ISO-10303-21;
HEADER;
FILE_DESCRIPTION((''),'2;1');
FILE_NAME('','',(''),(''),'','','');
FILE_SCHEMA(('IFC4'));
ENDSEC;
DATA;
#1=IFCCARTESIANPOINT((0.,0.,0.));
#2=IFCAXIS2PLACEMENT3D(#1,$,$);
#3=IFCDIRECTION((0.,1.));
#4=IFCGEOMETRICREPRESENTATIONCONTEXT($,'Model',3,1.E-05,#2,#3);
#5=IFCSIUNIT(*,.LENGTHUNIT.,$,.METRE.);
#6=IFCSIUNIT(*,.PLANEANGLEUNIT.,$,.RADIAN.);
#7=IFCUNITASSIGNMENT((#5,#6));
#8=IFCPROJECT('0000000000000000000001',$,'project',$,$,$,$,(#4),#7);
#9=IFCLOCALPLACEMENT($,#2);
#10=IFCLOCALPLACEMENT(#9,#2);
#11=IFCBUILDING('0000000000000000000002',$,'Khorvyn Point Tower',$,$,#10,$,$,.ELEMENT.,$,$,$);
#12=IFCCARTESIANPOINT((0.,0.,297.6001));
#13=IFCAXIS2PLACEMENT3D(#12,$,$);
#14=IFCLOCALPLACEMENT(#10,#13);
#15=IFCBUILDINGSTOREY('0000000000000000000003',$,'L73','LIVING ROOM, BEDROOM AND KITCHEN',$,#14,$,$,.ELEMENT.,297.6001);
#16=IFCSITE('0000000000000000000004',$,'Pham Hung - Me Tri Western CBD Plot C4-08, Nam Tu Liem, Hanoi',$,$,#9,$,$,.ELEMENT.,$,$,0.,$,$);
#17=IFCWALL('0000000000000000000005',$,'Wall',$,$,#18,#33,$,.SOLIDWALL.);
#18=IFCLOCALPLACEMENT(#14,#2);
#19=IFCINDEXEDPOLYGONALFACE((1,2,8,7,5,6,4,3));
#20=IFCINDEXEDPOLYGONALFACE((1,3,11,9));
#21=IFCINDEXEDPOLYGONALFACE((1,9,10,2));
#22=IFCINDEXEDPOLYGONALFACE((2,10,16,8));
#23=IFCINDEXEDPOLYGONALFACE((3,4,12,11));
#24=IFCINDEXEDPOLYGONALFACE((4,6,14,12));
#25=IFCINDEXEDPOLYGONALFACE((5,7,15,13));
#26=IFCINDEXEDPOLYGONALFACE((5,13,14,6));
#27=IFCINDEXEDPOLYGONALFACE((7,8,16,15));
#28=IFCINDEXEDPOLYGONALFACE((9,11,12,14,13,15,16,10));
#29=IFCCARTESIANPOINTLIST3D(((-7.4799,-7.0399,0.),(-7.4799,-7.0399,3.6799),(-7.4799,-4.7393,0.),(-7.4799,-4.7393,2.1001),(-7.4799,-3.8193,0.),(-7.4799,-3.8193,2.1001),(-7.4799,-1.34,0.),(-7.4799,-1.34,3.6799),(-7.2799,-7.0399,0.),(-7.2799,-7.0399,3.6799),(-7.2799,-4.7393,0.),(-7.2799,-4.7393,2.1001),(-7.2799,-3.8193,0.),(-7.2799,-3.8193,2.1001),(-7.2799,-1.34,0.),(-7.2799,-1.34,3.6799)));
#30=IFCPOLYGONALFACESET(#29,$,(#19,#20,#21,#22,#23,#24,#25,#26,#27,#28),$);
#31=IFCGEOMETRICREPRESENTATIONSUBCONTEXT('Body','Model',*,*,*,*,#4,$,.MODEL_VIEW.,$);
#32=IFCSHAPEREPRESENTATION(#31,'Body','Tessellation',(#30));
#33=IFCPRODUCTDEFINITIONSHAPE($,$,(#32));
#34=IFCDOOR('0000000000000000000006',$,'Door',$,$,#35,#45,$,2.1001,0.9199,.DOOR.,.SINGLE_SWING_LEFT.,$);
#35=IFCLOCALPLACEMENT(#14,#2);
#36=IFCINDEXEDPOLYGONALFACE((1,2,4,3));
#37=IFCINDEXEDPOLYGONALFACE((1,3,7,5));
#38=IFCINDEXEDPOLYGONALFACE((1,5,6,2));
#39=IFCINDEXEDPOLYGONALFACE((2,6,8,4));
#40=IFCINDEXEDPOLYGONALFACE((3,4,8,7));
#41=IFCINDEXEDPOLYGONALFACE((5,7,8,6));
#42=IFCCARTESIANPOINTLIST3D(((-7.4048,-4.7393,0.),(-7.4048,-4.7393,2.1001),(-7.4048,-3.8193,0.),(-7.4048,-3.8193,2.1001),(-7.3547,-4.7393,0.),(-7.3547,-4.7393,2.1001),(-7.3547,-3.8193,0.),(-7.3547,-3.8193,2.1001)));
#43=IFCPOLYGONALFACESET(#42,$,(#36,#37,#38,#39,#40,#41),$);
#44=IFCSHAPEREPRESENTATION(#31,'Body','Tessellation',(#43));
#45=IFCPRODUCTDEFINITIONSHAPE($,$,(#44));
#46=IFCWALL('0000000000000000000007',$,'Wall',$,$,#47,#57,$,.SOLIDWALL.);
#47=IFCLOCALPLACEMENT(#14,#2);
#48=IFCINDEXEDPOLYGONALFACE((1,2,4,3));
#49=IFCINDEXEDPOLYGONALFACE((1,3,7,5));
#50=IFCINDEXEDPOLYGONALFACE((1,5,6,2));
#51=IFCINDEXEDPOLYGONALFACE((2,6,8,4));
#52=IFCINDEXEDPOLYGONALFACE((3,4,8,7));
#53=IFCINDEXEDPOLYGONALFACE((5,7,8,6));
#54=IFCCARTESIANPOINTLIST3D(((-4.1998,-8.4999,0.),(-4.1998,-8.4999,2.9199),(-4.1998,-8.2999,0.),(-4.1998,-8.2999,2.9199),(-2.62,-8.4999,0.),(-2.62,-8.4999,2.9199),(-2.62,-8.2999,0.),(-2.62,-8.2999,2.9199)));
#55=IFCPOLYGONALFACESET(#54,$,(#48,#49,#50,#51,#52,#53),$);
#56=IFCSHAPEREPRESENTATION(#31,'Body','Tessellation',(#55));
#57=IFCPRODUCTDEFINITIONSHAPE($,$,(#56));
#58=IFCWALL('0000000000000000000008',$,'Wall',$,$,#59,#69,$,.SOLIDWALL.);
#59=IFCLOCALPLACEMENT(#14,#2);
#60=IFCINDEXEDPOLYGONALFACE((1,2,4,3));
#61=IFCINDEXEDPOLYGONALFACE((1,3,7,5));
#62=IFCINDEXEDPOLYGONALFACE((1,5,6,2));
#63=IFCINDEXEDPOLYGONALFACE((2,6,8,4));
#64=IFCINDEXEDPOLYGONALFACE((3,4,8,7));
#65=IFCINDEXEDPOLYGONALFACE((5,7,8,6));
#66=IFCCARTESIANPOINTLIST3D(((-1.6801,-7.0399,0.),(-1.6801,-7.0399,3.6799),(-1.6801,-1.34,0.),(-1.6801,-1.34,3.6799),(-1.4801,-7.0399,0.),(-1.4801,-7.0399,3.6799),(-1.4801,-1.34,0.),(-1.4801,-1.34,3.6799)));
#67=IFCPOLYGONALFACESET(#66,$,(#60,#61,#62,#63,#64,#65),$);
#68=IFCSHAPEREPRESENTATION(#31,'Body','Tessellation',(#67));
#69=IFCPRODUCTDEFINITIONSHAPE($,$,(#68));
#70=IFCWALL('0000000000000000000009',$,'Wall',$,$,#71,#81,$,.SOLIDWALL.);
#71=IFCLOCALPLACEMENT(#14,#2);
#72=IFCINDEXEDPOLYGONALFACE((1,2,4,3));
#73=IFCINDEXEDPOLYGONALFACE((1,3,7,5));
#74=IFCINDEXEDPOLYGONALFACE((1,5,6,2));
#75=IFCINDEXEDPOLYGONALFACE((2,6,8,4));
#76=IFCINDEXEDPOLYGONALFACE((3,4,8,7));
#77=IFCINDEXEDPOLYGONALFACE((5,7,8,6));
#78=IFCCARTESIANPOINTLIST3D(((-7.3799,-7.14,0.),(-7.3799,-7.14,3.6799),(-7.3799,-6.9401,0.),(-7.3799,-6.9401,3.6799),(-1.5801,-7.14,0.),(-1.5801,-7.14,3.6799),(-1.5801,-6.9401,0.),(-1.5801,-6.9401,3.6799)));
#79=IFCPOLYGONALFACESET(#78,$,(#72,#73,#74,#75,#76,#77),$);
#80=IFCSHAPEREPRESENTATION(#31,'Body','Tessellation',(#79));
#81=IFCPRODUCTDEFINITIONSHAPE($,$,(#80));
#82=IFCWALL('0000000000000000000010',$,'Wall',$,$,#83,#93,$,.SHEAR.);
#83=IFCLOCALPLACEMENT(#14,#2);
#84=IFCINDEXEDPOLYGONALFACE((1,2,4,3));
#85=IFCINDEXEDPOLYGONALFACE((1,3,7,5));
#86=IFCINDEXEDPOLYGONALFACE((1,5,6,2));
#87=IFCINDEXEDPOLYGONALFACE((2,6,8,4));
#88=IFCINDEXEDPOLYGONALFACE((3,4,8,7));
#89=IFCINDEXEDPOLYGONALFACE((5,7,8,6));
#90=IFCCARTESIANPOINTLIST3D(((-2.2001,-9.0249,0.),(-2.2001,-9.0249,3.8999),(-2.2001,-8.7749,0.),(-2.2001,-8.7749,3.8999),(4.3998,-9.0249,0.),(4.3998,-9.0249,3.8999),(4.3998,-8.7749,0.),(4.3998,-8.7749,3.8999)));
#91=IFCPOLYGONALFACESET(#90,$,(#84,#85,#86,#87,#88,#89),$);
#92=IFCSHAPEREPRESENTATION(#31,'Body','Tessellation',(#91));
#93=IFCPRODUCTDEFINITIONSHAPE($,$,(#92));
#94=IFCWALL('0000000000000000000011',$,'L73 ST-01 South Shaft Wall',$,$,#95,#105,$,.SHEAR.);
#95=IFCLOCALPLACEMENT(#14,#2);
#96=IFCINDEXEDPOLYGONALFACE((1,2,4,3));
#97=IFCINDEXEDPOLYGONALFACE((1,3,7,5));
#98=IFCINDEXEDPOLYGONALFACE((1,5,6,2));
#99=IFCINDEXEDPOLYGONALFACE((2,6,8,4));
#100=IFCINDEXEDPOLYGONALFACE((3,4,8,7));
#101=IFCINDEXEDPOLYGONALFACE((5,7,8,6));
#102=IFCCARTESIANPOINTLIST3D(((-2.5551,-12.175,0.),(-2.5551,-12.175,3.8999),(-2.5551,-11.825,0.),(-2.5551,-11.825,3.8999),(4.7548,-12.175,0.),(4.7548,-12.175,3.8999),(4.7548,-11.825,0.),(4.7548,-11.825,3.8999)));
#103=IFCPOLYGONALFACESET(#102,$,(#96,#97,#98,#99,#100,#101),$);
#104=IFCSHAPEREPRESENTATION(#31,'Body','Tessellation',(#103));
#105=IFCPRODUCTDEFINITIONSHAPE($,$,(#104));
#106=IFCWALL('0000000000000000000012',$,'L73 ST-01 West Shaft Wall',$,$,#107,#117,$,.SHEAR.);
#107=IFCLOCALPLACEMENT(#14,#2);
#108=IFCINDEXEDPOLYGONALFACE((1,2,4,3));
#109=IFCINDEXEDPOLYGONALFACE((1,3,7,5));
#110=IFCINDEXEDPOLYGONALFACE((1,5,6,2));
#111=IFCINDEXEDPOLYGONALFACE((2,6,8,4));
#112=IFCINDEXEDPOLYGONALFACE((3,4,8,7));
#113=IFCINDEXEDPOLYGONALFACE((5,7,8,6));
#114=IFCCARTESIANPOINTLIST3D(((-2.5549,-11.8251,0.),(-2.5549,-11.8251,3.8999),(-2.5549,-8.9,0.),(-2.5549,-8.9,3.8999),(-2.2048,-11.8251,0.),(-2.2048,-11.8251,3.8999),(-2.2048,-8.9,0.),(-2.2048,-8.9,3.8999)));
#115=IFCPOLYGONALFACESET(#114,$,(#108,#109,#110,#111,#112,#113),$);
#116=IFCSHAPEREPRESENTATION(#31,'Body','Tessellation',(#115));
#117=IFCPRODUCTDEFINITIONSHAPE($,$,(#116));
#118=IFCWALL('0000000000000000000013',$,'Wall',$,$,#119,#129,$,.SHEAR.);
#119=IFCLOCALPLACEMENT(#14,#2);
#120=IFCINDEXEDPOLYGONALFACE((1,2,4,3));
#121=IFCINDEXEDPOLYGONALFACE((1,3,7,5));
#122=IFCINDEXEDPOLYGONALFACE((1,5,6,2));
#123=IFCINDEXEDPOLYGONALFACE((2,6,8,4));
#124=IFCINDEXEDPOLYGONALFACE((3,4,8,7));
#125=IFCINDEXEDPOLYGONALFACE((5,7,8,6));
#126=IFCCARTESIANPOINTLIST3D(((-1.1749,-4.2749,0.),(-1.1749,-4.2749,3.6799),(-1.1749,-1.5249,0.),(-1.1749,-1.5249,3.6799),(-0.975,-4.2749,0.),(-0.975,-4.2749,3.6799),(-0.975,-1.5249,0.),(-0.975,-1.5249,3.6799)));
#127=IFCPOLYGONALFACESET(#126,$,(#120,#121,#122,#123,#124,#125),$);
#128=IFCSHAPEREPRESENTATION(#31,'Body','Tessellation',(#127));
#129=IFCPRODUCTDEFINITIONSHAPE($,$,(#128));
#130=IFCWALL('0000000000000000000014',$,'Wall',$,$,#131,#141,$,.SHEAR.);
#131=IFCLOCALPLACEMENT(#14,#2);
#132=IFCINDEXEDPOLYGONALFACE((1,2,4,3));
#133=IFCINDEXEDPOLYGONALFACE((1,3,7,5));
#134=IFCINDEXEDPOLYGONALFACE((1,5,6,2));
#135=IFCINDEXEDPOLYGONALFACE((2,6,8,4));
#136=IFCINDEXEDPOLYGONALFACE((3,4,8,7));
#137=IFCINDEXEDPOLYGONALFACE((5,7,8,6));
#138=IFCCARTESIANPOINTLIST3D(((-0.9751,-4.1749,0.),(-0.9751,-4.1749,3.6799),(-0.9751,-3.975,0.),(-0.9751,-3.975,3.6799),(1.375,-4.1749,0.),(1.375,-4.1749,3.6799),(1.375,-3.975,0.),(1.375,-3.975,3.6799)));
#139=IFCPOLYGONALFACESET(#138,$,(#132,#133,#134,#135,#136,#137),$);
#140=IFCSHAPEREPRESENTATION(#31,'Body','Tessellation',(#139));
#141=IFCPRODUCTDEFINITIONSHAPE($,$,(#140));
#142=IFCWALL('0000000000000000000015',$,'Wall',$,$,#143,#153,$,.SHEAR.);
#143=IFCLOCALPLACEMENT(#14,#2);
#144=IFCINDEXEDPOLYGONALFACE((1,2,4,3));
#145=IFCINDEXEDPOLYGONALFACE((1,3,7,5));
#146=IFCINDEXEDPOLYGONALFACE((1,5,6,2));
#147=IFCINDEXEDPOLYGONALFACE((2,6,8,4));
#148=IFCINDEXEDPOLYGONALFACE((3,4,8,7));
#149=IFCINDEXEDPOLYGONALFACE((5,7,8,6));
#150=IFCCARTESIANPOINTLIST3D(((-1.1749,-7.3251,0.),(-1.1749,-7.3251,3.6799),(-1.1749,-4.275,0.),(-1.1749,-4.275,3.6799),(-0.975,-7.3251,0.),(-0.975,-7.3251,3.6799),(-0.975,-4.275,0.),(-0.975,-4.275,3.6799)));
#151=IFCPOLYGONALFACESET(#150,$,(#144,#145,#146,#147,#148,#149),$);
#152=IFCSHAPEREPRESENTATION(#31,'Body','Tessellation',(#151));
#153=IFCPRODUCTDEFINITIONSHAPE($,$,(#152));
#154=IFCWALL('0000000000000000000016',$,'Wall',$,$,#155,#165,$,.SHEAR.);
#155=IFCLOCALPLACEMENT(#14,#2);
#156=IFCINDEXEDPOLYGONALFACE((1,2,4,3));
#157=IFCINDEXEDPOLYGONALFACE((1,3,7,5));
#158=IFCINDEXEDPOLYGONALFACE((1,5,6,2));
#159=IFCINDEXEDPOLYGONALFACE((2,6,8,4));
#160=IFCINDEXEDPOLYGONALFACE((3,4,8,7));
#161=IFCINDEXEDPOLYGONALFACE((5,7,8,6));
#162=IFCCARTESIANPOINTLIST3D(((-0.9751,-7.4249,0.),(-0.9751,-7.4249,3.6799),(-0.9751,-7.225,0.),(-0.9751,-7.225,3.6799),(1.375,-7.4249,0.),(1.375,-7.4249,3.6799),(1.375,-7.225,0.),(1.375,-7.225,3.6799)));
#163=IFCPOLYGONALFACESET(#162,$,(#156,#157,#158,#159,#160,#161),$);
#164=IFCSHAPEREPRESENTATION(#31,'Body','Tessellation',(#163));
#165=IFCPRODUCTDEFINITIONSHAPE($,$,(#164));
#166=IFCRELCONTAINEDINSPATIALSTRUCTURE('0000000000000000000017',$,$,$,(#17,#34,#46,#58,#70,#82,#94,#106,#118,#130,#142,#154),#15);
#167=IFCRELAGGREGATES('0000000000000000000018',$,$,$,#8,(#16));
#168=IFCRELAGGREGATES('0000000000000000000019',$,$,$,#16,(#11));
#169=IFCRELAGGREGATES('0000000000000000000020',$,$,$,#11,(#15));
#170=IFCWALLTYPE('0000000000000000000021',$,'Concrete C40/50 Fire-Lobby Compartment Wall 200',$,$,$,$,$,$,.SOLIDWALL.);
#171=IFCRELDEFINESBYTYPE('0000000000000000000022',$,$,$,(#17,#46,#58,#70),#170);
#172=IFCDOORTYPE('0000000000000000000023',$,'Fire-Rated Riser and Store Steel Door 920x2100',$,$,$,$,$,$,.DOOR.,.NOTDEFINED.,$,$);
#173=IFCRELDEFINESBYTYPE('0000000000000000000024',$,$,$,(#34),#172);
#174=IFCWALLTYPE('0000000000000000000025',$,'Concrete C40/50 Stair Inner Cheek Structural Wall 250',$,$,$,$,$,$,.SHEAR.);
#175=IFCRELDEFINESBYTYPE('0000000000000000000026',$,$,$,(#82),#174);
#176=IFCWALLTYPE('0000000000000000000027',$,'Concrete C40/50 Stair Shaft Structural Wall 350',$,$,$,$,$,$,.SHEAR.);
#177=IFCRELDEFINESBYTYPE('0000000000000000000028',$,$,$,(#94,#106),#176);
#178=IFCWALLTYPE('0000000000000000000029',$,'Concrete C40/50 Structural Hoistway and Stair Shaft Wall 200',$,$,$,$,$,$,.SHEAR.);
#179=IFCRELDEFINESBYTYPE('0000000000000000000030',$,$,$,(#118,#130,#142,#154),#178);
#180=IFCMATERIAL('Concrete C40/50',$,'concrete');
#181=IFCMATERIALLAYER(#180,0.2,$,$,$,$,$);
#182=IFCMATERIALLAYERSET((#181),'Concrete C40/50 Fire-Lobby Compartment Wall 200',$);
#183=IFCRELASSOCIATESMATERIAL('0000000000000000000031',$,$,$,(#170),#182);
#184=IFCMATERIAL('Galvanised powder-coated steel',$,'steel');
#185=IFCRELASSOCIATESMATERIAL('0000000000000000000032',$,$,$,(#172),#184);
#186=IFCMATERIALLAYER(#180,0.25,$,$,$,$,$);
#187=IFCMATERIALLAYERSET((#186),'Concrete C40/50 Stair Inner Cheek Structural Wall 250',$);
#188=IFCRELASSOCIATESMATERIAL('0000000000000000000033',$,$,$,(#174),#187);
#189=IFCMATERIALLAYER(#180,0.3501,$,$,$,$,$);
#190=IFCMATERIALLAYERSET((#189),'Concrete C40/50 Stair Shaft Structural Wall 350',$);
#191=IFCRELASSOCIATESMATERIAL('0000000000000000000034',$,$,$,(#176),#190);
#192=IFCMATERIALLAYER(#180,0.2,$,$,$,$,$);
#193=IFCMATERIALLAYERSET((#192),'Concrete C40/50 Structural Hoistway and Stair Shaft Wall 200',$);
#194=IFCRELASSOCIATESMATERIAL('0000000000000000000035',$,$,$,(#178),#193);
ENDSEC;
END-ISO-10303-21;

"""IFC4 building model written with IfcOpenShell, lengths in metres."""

from ifc_helpers import new_model, si_unit, direction, frame, frame_2d, origin, place, context, subcontext, project, spatial, rectangle, extrude, material, layer, layer_set, type_object, element, fill, save


model = new_model("IFC4")

# Units and contexts
model_context = context("Model", 3, precision=1e-05, world=origin(), true_north=direction((0.0, 1.0)))
body_context = subcontext(model_context, "Body", "Model", "MODEL_VIEW")
ifc_project = project(units=[si_unit("LENGTHUNIT", "METRE"), si_unit("PLANEANGLEUNIT", "RADIAN")], contexts=[model_context])

# Site, building, storey
site_placement = place(None, origin())
site = spatial("IfcSite", under=ifc_project, at=site_placement, Name="Pham Hung - Me Tri Western CBD Plot C4-08, Nam Tu Liem, Hanoi", CompositionType="ELEMENT", RefElevation=0.0)
building_placement = place(site_placement, origin())
building = spatial("IfcBuilding", under=site, at=building_placement, Name="Khorvyn Point Tower", CompositionType="ELEMENT")
storey_placement = place(building_placement, frame((0.0, 0.0, 297.6001)))
storey = spatial("IfcBuildingStorey", under=building, at=storey_placement, Name="L73", Description="LIVING ROOM, BEDROOM AND KITCHEN", CompositionType="ELEMENT", Elevation=297.6001)

# Shared definitions
ifc_material_1 = material(Name="Concrete C40/50", Category="concrete")

# Wall, opening, door
ifc_layer_1 = layer(ifc_material_1, 0.2)
ifc_layer_set_1 = layer_set([ifc_layer_1], Name="Concrete C40/50 Fire-Lobby Compartment Wall 200")
wall_type_1 = type_object("IfcWallType", Name="Concrete C40/50 Fire-Lobby Compartment Wall 200", PredefinedType="SOLIDWALL", material=ifc_layer_set_1)
ifc_material_2 = material(Name="Galvanised powder-coated steel", Category="steel")
wall_1_placement = place(storey_placement, frame((-7.3799, -7.04, 0.0), z_axis=(0.0, 0.0, 1.0), x_axis=(0.0, 1.0, 0.0)))
wall_1 = element("IfcWall", 1, at=wall_1_placement, inside=storey, type_object=wall_type_1, Name="Wall", PredefinedType="SOLIDWALL", context=body_context, shape_type="SweptSolid", body=[
    extrude(rectangle(XDim=5.7, YDim=0.2, at=frame_2d((2.8501, 0.0))), origin(), (0.0, 0.0, 1.0), 3.6799),
])
opening_1_placement = place(wall_1_placement, frame((2.3008, 0.0, 0.0)))
opening_1 = element("IfcOpeningElement", 2, at=opening_1_placement, cuts=wall_1, PredefinedType="OPENING", context=body_context, shape_type="SweptSolid", body=[
    extrude(rectangle(XDim=0.9199, YDim=2.1001, at=frame_2d((0.46, 1.05))), frame((0.0, 0.1099, 0.0), z_axis=(0.0, -1.0, 0.0), x_axis=(1.0, 0.0, 0.0)), (0.0, 0.0, 1.0), 0.22),
])
door_type_1 = type_object("IfcDoorType", Name="Fire-Rated Riser and Store Steel Door 920x2100", OperationType="NOTDEFINED", PredefinedType="DOOR", material=ifc_material_2)
door_1_placement = place(opening_1_placement, origin())
door_1 = element("IfcDoor", 3, at=door_1_placement, inside=storey, type_object=door_type_1, Name="Door", OperationType="SINGLE_SWING_LEFT", OverallHeight=2.1001, OverallWidth=0.9199, PredefinedType="DOOR", context=body_context, shape_type="SweptSolid", body=[
    extrude(rectangle(XDim=0.9199, YDim=2.1001, at=frame_2d((0.46, 1.05))), frame((0.0, 0.0249, 0.0), z_axis=(0.0, -1.0, 0.0), x_axis=(1.0, 0.0, 0.0)), (0.0, 0.0, 1.0), 0.05),
])
fill(opening_1, door_1)

# Walls
wall_2_placement = place(storey_placement, frame((-4.2, -8.3999, 0.0), z_axis=(0.0, 0.0, 1.0), x_axis=(1.0, 0.0, 0.0)))
element("IfcWall", 4, at=wall_2_placement, inside=storey, type_object=wall_type_1, Name="Wall", PredefinedType="SOLIDWALL", context=body_context, shape_type="SweptSolid", body=[
    extrude(rectangle(XDim=1.5798, YDim=0.2, at=frame_2d((0.79, 0.0))), origin(), (0.0, 0.0, 1.0), 2.9199),
])
wall_3_placement = place(storey_placement, frame((-1.5801, -7.04, 0.0), z_axis=(0.0, 0.0, 1.0), x_axis=(0.0, 1.0, 0.0)))
element("IfcWall", 5, at=wall_3_placement, inside=storey, type_object=wall_type_1, Name="Wall", PredefinedType="SOLIDWALL", context=body_context, shape_type="SweptSolid", body=[
    extrude(rectangle(XDim=5.7, YDim=0.2, at=frame_2d((2.8501, 0.0))), origin(), (0.0, 0.0, 1.0), 3.6799),
])
wall_4_placement = place(storey_placement, frame((-7.3799, -7.04, 0.0), z_axis=(0.0, 0.0, 1.0), x_axis=(1.0, 0.0, 0.0)))
element("IfcWall", 6, at=wall_4_placement, inside=storey, type_object=wall_type_1, Name="Wall", PredefinedType="SOLIDWALL", context=body_context, shape_type="SweptSolid", body=[
    extrude(rectangle(XDim=5.7998, YDim=0.2, at=frame_2d((2.8999, 0.0))), origin(), (0.0, 0.0, 1.0), 3.6799),
])
ifc_layer_2 = layer(ifc_material_1, 0.25)
ifc_layer_set_2 = layer_set([ifc_layer_2], Name="Concrete C40/50 Stair Inner Cheek Structural Wall 250")
wall_type_2 = type_object("IfcWallType", Name="Concrete C40/50 Stair Inner Cheek Structural Wall 250", PredefinedType="SHEAR", material=ifc_layer_set_2)
wall_5_placement = place(storey_placement, frame((-2.2, -8.8999, 0.0), z_axis=(0.0, 0.0, 1.0), x_axis=(1.0, 0.0, 0.0)))
element("IfcWall", 7, at=wall_5_placement, inside=storey, type_object=wall_type_2, Name="Wall", PredefinedType="SHEAR", context=body_context, shape_type="SweptSolid", body=[
    extrude(rectangle(XDim=6.5999, YDim=0.25, at=frame_2d((3.2998, 0.0))), origin(), (0.0, 0.0, 1.0), 3.8999),
])
ifc_layer_3 = layer(ifc_material_1, 0.3501)
ifc_layer_set_3 = layer_set([ifc_layer_3], Name="Concrete C40/50 Stair Shaft Structural Wall 350")
wall_type_3 = type_object("IfcWallType", Name="Concrete C40/50 Stair Shaft Structural Wall 350", PredefinedType="SHEAR", material=ifc_layer_set_3)
wall_6_placement = place(storey_placement, frame((-2.5549, -12.0, 0.0), z_axis=(0.0, 0.0, 1.0), x_axis=(1.0, 0.0, 0.0)))
element("IfcWall", 8, at=wall_6_placement, inside=storey, type_object=wall_type_3, Name="L73 ST-01 South Shaft Wall", PredefinedType="SHEAR", context=body_context, shape_type="SweptSolid", body=[
    extrude(rectangle(XDim=7.3098, YDim=0.3501, at=frame_2d((3.6548, 0.0))), origin(), (0.0, 0.0, 1.0), 3.8999),
])
wall_7_placement = place(storey_placement, frame((-2.3799, -11.825, 0.0), z_axis=(0.0, 0.0, 1.0), x_axis=(0.0, 1.0, 0.0)))
element("IfcWall", 9, at=wall_7_placement, inside=storey, type_object=wall_type_3, Name="L73 ST-01 West Shaft Wall", PredefinedType="SHEAR", context=body_context, shape_type="SweptSolid", body=[
    extrude(rectangle(XDim=2.925, YDim=0.3501, at=frame_2d((1.4624, 0.0))), origin(), (0.0, 0.0, 1.0), 3.8999),
])
ifc_layer_4 = layer(ifc_material_1, 0.2)
ifc_layer_set_4 = layer_set([ifc_layer_4], Name="Concrete C40/50 Structural Hoistway and Stair Shaft Wall 200")
wall_type_4 = type_object("IfcWallType", Name="Concrete C40/50 Structural Hoistway and Stair Shaft Wall 200", PredefinedType="SHEAR", material=ifc_layer_set_4)
wall_8_placement = place(storey_placement, frame((-1.075, -4.2749, 0.0), z_axis=(0.0, 0.0, 1.0), x_axis=(0.0, 1.0, 0.0)))
element("IfcWall", 10, at=wall_8_placement, inside=storey, type_object=wall_type_4, Name="Wall", PredefinedType="SHEAR", context=body_context, shape_type="SweptSolid", body=[
    extrude(rectangle(XDim=2.75, YDim=0.2, at=frame_2d((1.375, 0.0))), origin(), (0.0, 0.0, 1.0), 3.6799),
])
wall_9_placement = place(storey_placement, frame((-0.9751, -4.075, 0.0), z_axis=(0.0, 0.0, 1.0), x_axis=(1.0, 0.0, 0.0)))
element("IfcWall", 11, at=wall_9_placement, inside=storey, type_object=wall_type_4, Name="Wall", PredefinedType="SHEAR", context=body_context, shape_type="SweptSolid", body=[
    extrude(rectangle(XDim=2.3501, YDim=0.2, at=frame_2d((1.175, 0.0))), origin(), (0.0, 0.0, 1.0), 3.6799),
])
wall_10_placement = place(storey_placement, frame((-1.075, -7.325, 0.0), z_axis=(0.0, 0.0, 1.0), x_axis=(0.0, 1.0, 0.0)))
element("IfcWall", 12, at=wall_10_placement, inside=storey, type_object=wall_type_4, Name="Wall", PredefinedType="SHEAR", context=body_context, shape_type="SweptSolid", body=[
    extrude(rectangle(XDim=3.05, YDim=0.2, at=frame_2d((1.5249, 0.0))), origin(), (0.0, 0.0, 1.0), 3.6799),
])
wall_11_placement = place(storey_placement, frame((-0.9751, -7.325, 0.0), z_axis=(0.0, 0.0, 1.0), x_axis=(1.0, 0.0, 0.0)))
element("IfcWall", 13, at=wall_11_placement, inside=storey, type_object=wall_type_4, Name="Wall", PredefinedType="SHEAR", context=body_context, shape_type="SweptSolid", body=[
    extrude(rectangle(XDim=2.3501, YDim=0.2, at=frame_2d((1.175, 0.0))), origin(), (0.0, 0.0, 1.0), 3.6799),
])

save(model, "model.ifc")
